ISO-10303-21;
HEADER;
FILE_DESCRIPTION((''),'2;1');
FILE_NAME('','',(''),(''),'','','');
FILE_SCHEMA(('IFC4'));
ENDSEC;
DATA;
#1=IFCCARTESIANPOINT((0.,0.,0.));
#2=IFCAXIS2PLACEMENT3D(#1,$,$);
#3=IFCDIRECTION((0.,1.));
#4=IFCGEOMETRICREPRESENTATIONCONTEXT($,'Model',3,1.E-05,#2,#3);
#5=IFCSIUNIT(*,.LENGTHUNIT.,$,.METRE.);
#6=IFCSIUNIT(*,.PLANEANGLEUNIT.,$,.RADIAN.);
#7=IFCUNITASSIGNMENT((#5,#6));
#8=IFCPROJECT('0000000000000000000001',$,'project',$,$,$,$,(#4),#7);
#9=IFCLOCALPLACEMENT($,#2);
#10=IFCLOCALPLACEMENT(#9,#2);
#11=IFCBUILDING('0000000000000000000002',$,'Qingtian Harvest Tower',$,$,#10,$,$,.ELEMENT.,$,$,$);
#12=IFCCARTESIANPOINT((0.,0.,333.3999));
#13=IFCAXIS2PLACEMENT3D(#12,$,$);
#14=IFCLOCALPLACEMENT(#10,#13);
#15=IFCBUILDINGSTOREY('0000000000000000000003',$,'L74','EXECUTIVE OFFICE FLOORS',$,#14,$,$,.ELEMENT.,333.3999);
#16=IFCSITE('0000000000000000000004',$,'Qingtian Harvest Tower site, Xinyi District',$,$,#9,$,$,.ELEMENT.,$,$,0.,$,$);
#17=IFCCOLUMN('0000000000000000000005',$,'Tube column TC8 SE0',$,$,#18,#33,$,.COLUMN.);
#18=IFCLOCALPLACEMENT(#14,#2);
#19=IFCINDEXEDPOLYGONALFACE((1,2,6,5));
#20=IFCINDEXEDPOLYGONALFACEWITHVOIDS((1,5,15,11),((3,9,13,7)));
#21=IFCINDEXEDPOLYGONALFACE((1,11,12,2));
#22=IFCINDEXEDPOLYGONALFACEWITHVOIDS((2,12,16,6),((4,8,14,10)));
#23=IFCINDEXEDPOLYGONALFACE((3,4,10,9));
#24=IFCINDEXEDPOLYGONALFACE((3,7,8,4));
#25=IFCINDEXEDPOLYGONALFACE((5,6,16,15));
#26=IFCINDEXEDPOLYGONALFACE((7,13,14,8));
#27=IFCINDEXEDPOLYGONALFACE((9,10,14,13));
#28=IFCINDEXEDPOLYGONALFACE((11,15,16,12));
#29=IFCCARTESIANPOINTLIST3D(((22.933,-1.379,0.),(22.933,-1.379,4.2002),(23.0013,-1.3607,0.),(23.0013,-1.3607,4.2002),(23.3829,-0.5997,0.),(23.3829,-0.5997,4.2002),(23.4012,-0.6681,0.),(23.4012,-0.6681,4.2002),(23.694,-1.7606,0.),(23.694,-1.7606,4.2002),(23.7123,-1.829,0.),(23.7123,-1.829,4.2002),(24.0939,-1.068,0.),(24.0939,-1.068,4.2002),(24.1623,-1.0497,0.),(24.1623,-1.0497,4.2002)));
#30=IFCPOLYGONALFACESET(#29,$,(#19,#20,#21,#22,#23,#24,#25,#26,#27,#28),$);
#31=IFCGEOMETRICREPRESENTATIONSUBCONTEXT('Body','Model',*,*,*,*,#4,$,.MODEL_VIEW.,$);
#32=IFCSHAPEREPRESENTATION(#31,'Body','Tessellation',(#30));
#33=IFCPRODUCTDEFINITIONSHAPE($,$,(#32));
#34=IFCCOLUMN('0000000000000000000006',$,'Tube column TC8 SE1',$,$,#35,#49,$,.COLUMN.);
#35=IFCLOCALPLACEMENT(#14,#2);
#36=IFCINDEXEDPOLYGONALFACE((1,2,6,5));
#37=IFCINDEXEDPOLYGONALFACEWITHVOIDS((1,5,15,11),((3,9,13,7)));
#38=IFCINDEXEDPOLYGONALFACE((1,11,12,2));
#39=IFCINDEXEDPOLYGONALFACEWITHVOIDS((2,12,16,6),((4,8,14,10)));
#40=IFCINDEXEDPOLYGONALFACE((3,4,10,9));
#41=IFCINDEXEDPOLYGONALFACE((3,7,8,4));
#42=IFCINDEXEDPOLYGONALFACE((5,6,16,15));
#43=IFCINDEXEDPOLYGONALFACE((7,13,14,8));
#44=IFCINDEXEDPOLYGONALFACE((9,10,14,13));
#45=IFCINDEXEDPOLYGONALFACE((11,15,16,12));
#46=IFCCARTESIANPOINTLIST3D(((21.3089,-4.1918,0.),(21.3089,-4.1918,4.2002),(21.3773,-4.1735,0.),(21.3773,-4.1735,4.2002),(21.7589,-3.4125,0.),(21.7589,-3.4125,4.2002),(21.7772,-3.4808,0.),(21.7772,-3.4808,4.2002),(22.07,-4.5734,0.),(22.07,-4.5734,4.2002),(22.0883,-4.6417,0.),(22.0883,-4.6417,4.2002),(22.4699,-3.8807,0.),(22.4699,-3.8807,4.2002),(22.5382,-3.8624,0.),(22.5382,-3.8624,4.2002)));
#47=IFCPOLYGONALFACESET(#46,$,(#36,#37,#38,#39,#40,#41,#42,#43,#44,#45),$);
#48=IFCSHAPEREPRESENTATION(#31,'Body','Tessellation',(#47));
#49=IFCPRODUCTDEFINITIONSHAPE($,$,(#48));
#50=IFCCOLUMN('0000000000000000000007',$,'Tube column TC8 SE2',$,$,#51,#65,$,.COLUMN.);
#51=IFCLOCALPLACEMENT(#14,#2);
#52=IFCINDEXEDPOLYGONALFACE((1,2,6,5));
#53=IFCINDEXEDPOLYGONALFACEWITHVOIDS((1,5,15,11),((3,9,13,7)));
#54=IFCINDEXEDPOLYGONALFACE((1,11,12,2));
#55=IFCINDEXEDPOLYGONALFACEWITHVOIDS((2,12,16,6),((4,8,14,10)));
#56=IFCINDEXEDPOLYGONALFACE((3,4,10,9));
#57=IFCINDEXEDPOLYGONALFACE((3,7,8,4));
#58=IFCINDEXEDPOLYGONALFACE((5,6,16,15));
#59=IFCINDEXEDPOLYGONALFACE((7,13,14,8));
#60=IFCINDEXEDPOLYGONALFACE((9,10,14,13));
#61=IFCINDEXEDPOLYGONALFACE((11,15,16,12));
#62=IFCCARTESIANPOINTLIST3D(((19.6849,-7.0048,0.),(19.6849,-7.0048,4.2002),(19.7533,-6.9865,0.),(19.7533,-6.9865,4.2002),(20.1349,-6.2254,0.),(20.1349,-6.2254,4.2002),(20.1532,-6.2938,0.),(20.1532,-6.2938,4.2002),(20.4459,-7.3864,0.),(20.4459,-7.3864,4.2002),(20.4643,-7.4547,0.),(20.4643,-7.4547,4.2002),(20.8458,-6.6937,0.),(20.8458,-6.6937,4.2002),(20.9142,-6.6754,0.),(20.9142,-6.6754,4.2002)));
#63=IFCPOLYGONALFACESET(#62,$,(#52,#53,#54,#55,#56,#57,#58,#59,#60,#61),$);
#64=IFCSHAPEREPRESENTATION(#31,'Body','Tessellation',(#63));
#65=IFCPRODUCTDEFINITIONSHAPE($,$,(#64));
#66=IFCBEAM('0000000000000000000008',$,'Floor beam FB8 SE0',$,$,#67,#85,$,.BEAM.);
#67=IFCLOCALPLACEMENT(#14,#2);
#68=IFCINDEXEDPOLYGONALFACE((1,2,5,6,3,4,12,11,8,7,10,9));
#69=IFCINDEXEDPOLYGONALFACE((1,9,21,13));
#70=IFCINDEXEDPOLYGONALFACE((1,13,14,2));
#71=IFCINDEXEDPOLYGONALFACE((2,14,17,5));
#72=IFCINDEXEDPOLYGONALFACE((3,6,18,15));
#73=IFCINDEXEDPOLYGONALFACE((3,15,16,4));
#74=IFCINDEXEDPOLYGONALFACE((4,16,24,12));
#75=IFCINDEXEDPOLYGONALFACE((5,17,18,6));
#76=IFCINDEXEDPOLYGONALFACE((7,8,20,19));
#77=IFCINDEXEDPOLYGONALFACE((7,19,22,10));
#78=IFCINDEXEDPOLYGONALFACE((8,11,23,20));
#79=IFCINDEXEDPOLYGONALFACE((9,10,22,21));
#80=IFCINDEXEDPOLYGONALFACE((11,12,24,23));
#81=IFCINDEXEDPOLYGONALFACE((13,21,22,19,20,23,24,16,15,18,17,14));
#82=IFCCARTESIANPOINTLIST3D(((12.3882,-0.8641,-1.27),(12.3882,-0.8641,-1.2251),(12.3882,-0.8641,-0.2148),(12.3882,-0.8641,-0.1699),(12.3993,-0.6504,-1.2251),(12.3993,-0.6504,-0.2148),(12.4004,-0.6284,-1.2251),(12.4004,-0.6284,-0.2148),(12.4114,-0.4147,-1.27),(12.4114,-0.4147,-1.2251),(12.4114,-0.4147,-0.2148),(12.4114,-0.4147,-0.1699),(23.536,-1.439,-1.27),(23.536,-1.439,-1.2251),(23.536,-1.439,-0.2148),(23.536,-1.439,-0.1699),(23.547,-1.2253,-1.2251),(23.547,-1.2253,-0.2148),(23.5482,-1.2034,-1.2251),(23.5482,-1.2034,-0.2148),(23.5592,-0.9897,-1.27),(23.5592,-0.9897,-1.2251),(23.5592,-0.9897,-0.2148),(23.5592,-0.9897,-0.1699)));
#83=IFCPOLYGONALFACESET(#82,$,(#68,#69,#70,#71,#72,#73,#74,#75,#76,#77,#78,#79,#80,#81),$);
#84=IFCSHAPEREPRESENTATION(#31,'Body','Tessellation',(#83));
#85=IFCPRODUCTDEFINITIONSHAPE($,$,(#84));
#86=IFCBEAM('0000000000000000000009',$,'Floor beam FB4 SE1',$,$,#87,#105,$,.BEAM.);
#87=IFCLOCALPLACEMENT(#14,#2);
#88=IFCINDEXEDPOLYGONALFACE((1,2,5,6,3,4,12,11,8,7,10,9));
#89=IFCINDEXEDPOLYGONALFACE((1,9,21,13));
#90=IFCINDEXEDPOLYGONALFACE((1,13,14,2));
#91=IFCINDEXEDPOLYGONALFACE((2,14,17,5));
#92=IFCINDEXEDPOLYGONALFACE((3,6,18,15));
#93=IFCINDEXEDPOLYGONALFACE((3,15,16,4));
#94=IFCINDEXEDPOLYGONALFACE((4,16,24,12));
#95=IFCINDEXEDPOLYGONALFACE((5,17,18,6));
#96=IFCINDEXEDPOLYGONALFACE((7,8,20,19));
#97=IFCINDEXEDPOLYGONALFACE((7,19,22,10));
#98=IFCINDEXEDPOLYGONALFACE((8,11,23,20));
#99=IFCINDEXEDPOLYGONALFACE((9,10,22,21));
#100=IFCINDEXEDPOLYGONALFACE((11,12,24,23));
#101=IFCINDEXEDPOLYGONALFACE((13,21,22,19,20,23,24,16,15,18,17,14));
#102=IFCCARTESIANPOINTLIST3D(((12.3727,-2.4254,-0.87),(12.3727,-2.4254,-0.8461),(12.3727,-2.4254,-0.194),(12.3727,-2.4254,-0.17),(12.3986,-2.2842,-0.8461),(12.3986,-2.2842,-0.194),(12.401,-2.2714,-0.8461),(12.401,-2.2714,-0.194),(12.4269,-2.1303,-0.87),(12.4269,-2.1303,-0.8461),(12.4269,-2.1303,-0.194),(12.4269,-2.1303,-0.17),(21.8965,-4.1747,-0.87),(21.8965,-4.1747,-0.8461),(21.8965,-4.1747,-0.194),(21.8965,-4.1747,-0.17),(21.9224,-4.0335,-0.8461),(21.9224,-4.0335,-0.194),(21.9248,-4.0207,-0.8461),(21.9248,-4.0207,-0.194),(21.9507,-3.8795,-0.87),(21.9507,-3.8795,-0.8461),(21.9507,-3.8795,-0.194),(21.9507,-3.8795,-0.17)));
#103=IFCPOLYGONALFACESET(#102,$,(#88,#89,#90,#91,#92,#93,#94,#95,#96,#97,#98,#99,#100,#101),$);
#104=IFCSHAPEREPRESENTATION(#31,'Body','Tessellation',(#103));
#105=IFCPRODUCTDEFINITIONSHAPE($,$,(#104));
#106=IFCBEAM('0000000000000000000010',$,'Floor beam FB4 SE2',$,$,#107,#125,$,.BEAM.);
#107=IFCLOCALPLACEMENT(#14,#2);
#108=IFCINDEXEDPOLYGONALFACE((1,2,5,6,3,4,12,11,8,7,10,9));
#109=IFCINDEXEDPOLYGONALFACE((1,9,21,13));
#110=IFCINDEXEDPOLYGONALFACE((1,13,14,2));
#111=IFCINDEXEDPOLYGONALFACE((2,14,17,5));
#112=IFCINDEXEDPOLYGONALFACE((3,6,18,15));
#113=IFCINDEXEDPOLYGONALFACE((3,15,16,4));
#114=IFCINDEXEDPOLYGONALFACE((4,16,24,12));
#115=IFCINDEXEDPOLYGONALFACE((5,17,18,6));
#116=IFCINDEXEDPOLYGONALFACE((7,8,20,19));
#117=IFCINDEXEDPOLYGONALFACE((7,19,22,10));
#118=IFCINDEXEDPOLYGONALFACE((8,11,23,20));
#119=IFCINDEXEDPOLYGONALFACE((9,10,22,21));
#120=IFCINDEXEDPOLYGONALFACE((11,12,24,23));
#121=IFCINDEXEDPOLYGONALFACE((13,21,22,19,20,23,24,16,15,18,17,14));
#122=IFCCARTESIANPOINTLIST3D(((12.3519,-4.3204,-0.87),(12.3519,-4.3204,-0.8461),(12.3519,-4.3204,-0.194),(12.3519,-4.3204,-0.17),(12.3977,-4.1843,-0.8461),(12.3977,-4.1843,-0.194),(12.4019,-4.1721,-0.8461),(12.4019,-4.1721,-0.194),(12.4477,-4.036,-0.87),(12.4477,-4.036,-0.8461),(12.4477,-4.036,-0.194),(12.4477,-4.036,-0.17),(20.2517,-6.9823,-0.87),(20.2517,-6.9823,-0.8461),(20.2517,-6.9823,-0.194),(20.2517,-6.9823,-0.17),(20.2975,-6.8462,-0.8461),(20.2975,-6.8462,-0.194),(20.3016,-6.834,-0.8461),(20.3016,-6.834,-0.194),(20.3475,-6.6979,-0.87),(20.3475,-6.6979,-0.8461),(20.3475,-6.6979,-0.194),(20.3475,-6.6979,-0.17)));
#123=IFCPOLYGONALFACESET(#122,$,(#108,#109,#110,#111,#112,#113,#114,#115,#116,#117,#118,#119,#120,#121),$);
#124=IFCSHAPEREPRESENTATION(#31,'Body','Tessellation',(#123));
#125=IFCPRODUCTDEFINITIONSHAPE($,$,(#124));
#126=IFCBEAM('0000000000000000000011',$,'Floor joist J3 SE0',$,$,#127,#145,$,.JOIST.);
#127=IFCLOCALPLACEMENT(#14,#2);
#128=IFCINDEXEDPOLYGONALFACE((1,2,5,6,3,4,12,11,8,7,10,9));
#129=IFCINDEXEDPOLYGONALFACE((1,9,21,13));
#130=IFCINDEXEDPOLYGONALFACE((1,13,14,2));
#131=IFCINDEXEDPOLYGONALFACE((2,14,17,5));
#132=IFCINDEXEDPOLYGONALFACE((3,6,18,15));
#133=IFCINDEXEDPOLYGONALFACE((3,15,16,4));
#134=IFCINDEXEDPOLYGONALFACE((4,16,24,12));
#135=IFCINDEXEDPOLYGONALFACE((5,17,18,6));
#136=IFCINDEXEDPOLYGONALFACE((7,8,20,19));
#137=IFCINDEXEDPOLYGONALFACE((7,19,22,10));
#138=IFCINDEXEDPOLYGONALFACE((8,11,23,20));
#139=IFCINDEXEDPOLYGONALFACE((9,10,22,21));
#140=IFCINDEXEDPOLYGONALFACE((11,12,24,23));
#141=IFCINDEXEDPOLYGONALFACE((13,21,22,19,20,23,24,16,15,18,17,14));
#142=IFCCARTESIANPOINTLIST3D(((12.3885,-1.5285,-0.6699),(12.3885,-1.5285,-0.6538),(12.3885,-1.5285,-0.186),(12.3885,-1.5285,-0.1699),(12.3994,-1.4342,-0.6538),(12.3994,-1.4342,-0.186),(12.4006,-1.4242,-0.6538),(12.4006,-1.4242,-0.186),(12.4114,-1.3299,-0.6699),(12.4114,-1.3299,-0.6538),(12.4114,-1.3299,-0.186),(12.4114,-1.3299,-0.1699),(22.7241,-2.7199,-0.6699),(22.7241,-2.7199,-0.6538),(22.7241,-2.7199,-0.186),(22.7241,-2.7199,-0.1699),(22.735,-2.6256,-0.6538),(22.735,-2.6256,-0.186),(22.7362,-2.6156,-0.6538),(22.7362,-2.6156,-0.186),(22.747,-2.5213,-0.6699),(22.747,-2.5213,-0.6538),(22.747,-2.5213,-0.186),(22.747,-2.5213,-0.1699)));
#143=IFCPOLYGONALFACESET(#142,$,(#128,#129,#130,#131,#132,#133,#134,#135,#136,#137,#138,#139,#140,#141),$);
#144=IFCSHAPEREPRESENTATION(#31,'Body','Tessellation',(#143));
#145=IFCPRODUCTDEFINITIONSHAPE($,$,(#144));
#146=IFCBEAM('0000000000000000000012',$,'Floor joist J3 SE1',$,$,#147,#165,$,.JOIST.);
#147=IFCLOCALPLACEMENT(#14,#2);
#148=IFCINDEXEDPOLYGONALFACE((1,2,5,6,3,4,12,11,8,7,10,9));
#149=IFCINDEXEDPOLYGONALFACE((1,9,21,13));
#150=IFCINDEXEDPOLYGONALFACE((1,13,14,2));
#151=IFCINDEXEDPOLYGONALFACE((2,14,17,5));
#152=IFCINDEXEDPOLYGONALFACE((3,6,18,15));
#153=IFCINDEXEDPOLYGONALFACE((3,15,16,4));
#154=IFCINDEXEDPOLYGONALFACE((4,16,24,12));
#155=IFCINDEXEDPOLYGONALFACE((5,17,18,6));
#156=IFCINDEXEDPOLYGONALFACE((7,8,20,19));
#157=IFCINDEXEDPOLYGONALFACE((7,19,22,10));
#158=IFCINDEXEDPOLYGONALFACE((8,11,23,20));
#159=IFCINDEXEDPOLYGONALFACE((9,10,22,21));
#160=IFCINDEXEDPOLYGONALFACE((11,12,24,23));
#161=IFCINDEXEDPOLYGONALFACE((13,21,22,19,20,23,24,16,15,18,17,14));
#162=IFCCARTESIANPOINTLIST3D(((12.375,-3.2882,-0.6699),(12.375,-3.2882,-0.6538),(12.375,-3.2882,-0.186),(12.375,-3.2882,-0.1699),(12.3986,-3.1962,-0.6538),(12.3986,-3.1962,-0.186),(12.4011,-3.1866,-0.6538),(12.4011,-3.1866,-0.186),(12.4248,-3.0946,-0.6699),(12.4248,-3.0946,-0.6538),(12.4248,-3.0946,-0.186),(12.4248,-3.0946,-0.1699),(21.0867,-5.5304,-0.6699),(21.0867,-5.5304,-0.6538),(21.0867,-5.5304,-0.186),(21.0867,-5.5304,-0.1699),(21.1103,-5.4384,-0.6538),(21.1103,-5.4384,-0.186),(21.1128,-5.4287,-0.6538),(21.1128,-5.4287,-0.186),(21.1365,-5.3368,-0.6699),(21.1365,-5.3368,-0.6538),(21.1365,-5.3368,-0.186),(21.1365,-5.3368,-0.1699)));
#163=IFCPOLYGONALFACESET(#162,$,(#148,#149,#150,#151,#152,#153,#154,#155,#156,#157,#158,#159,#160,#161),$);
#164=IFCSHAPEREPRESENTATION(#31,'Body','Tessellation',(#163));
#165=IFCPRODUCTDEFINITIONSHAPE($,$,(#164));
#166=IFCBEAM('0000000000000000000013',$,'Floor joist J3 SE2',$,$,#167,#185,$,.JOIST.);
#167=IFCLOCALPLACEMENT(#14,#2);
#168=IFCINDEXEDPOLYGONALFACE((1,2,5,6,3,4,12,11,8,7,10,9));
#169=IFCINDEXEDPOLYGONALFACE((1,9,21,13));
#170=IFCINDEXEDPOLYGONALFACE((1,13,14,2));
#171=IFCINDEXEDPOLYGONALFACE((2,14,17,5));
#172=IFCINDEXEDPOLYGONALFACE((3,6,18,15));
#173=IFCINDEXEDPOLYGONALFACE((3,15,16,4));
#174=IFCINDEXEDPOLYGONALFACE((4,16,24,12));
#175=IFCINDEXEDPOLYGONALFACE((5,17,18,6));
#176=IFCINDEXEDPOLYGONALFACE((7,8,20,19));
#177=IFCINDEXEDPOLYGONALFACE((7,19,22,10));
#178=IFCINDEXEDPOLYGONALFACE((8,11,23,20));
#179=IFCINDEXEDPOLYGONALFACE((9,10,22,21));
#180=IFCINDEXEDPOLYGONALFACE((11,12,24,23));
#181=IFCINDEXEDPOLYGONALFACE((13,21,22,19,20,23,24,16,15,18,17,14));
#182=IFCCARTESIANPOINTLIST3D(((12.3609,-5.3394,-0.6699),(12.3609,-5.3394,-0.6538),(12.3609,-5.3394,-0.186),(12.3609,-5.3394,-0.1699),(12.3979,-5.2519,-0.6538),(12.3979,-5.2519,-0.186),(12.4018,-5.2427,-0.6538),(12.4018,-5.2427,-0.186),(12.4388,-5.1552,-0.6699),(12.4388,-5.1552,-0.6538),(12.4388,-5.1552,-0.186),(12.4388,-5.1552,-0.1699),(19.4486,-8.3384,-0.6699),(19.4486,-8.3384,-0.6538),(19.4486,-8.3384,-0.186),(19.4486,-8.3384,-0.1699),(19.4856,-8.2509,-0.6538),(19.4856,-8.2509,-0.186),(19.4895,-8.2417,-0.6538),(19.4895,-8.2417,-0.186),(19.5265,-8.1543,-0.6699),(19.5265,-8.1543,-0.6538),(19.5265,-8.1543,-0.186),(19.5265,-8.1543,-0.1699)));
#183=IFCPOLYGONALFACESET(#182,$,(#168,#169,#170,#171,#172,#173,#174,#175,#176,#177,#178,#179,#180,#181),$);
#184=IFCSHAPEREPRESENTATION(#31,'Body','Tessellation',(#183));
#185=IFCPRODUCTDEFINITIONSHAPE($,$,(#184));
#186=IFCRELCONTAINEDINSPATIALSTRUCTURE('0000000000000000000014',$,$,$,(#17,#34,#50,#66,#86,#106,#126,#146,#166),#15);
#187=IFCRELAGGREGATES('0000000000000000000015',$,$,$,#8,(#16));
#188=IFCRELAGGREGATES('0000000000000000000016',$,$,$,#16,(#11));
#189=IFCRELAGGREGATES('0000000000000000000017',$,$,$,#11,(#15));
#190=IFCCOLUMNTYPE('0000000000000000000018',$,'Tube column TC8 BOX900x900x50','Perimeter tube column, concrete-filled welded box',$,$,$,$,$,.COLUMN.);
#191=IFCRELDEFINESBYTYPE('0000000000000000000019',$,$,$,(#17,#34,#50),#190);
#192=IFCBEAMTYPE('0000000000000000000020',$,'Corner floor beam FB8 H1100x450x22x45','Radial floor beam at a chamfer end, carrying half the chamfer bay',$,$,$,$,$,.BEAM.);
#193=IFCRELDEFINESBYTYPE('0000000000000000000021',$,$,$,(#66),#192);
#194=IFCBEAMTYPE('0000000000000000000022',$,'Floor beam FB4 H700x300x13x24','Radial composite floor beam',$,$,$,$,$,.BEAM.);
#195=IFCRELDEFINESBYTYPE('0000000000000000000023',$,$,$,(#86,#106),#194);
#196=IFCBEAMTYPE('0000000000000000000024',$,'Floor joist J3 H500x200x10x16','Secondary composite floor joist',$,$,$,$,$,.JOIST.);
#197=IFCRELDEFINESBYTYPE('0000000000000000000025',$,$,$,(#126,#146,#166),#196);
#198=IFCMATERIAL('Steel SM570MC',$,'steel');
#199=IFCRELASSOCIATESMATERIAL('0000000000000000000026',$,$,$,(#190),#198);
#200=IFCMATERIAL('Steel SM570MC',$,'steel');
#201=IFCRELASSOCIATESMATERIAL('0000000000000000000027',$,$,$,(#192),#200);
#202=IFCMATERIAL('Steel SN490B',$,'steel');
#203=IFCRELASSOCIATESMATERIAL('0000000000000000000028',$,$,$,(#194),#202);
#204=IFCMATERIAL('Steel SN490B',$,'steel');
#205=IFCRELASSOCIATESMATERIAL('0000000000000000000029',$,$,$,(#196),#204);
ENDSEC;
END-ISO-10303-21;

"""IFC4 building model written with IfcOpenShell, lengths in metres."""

from ifc_helpers import new_model, si_unit, direction, frame, origin, origin_2d, place, context, subcontext, project, spatial, hollow_rectangle, i_section, extrude, material, material_profile, profile_set, type_object, element, save


model = new_model("IFC4")

# Units and contexts
model_context = context("Model", 3, precision=1e-05, world=origin(), true_north=direction((0.0, 1.0)))
body_context = subcontext(model_context, "Body", "Model", "MODEL_VIEW")
ifc_project = project(units=[si_unit("LENGTHUNIT", "METRE"), si_unit("PLANEANGLEUNIT", "RADIAN")], contexts=[model_context])

# Site, building, storey
site_placement = place(None, origin())
site = spatial("IfcSite", under=ifc_project, at=site_placement, Name="Qingtian Harvest Tower site, Xinyi District", CompositionType="ELEMENT", RefElevation=0.0)
building_placement = place(site_placement, origin())
building = spatial("IfcBuilding", under=site, at=building_placement, Name="Qingtian Harvest Tower", CompositionType="ELEMENT")
storey_placement = place(building_placement, frame((0.0, 0.0, 333.3999)))
storey = spatial("IfcBuildingStorey", under=building, at=storey_placement, Name="L74", Description="EXECUTIVE OFFICE FLOORS", CompositionType="ELEMENT", Elevation=333.3999)

# Columns
ifc_material_1 = material(Name="Steel SM570MC", Category="steel")
ifc_material_profile_1 = material_profile(ifc_material_1, hollow_rectangle(XDim=0.8999, YDim=0.8999, WallThickness=0.05, at=origin_2d()), Name="BOX900x900x50")
ifc_profile_set_1 = profile_set([ifc_material_profile_1], Name="Steel SM570MC")
column_type = type_object("IfcColumnType", Name="Tube column TC8 BOX900x900x50", Description="Perimeter tube column, concrete-filled welded box", PredefinedType="COLUMN", material=ifc_profile_set_1)
for number, where, z_axis, x_axis, name in (
    (1, (23.5476, -1.2144, 0.0), (0.0, 0.0, 1.0), (0.5, 0.866025, 0.0), "Tube column TC8 SE0"),
    (2, (21.9236, -4.0271, 0.0), (0.0, 0.0, 1.0), (0.5, 0.866025, 0.0), "Tube column TC8 SE1"),
    (3, (20.2996, -6.8401, 0.0), (0.0, 0.0, 1.0), (0.5, 0.866025, 0.0), "Tube column TC8 SE2"),
):
    element("IfcColumn", number, at=place(storey_placement, frame(where, z_axis=z_axis, x_axis=x_axis)), inside=storey, type_object=column_type, Name=name, PredefinedType="COLUMN", context=body_context, shape_type="SweptSolid", body=[
        extrude(hollow_rectangle(XDim=0.8999, YDim=0.8999, WallThickness=0.05, at=origin_2d()), origin(), (0.0, 0.0, 1.0), 4.2002),
    ])

# Beams
ifc_material_2 = material(Name="Steel SM570MC", Category="steel")
ifc_material_profile_2 = material_profile(ifc_material_2, i_section(OverallWidth=0.45, OverallDepth=1.1001, WebThickness=0.022, FlangeThickness=0.0449, at=origin_2d()), Name="H1100x450x22x45")
ifc_profile_set_2 = profile_set([ifc_material_profile_2], Name="Steel SM570MC")
beam_type_1 = type_object("IfcBeamType", Name="Corner floor beam FB8 H1100x450x22x45", Description="Radial floor beam at a chamfer end, carrying half the chamfer bay", PredefinedType="BEAM", material=ifc_profile_set_2)
beam_1_placement = place(storey_placement, frame((23.5476, -1.2144, -0.72), z_axis=(-0.998673, 0.051507, 0.0), x_axis=(-0.051507, -0.998673, 0.0)))
element("IfcBeam", 4, at=beam_1_placement, inside=storey, type_object=beam_type_1, Name="Floor beam FB8 SE0", PredefinedType="BEAM", context=body_context, shape_type="SweptSolid", body=[
    extrude(i_section(OverallWidth=0.45, OverallDepth=1.1001, WebThickness=0.022, FlangeThickness=0.0449, at=origin_2d()), origin(), (0.0, 0.0, 1.0), 11.1626),
])
ifc_material_3 = material(Name="Steel SN490B", Category="steel")
ifc_material_profile_3 = material_profile(ifc_material_3, i_section(OverallWidth=0.3, OverallDepth=0.7, WebThickness=0.0129, FlangeThickness=0.0239, at=origin_2d()), Name="H700x300x13x24")
ifc_profile_set_3 = profile_set([ifc_material_profile_3], Name="Steel SN490B")
beam_type_2 = type_object("IfcBeamType", Name="Floor beam FB4 H700x300x13x24", Description="Radial composite floor beam", PredefinedType="BEAM", material=ifc_profile_set_3)
beam_2_placement = place(storey_placement, frame((21.9236, -4.0271, -0.52), z_axis=(-0.983547, 0.180654, 0.0), x_axis=(-0.180654, -0.983547, 0.0)))
element("IfcBeam", 5, at=beam_2_placement, inside=storey, type_object=beam_type_2, Name="Floor beam FB4 SE1", PredefinedType="BEAM", context=body_context, shape_type="SweptSolid", body=[
    extrude(i_section(OverallWidth=0.3, OverallDepth=0.7, WebThickness=0.0129, FlangeThickness=0.0239, at=origin_2d()), origin(), (0.0, 0.0, 1.0), 9.6831),
])
beam_3_placement = place(storey_placement, frame((20.2996, -6.8401, -0.52), z_axis=(-0.947647, 0.319319, 0.0), x_axis=(-0.319319, -0.947647, 0.0)))
element("IfcBeam", 6, at=beam_3_placement, inside=storey, type_object=beam_type_2, Name="Floor beam FB4 SE2", PredefinedType="BEAM", context=body_context, shape_type="SweptSolid", body=[
    extrude(i_section(OverallWidth=0.3, OverallDepth=0.7, WebThickness=0.0129, FlangeThickness=0.0239, at=origin_2d()), origin(), (0.0, 0.0, 1.0), 8.3362),
])
ifc_material_4 = material(Name="Steel SN490B", Category="steel")
ifc_material_profile_4 = material_profile(ifc_material_4, i_section(OverallWidth=0.2, OverallDepth=0.5, WebThickness=0.01, FlangeThickness=0.0161, at=origin_2d()), Name="H500x200x10x16")
ifc_profile_set_4 = profile_set([ifc_material_profile_4], Name="Steel SN490B")
beam_type_3 = type_object("IfcBeamType", Name="Floor joist J3 H500x200x10x16", Description="Secondary composite floor joist", PredefinedType="JOIST", material=ifc_profile_set_4)
beam_4_placement = place(storey_placement, frame((22.7356, -2.6206, -0.4199), z_axis=(-0.993422, 0.114513, 0.0), x_axis=(-0.114513, -0.993422, 0.0)))
element("IfcBeam", 7, at=beam_4_placement, inside=storey, type_object=beam_type_3, Name="Floor joist J3 SE0", PredefinedType="JOIST", context=body_context, shape_type="SweptSolid", body=[
    extrude(i_section(OverallWidth=0.2, OverallDepth=0.5, WebThickness=0.01, FlangeThickness=0.0161, at=origin_2d()), origin(), (0.0, 0.0, 1.0), 10.4041),
])
beam_5_placement = place(storey_placement, frame((21.1116, -5.4336, -0.4199), z_axis=(-0.968438, 0.249254, 0.0), x_axis=(-0.249254, -0.968438, 0.0)))
element("IfcBeam", 8, at=beam_5_placement, inside=storey, type_object=beam_type_3, Name="Floor joist J3 SE1", PredefinedType="JOIST", context=body_context, shape_type="SweptSolid", body=[
    extrude(i_section(OverallWidth=0.2, OverallDepth=0.5, WebThickness=0.01, FlangeThickness=0.0161, at=origin_2d()), origin(), (0.0, 0.0, 1.0), 8.9956),
])
beam_6_placement = place(storey_placement, frame((19.4875, -8.2463, -0.4199), z_axis=(-0.920948, 0.389684, 0.0), x_axis=(-0.389684, -0.920948, 0.0)))
element("IfcBeam", 9, at=beam_6_placement, inside=storey, type_object=beam_type_3, Name="Floor joist J3 SE2", PredefinedType="JOIST", context=body_context, shape_type="SweptSolid", body=[
    extrude(i_section(OverallWidth=0.2, OverallDepth=0.5, WebThickness=0.01, FlangeThickness=0.0161, at=origin_2d()), origin(), (0.0, 0.0, 1.0), 7.696),
])

save(model, "model.ifc")
